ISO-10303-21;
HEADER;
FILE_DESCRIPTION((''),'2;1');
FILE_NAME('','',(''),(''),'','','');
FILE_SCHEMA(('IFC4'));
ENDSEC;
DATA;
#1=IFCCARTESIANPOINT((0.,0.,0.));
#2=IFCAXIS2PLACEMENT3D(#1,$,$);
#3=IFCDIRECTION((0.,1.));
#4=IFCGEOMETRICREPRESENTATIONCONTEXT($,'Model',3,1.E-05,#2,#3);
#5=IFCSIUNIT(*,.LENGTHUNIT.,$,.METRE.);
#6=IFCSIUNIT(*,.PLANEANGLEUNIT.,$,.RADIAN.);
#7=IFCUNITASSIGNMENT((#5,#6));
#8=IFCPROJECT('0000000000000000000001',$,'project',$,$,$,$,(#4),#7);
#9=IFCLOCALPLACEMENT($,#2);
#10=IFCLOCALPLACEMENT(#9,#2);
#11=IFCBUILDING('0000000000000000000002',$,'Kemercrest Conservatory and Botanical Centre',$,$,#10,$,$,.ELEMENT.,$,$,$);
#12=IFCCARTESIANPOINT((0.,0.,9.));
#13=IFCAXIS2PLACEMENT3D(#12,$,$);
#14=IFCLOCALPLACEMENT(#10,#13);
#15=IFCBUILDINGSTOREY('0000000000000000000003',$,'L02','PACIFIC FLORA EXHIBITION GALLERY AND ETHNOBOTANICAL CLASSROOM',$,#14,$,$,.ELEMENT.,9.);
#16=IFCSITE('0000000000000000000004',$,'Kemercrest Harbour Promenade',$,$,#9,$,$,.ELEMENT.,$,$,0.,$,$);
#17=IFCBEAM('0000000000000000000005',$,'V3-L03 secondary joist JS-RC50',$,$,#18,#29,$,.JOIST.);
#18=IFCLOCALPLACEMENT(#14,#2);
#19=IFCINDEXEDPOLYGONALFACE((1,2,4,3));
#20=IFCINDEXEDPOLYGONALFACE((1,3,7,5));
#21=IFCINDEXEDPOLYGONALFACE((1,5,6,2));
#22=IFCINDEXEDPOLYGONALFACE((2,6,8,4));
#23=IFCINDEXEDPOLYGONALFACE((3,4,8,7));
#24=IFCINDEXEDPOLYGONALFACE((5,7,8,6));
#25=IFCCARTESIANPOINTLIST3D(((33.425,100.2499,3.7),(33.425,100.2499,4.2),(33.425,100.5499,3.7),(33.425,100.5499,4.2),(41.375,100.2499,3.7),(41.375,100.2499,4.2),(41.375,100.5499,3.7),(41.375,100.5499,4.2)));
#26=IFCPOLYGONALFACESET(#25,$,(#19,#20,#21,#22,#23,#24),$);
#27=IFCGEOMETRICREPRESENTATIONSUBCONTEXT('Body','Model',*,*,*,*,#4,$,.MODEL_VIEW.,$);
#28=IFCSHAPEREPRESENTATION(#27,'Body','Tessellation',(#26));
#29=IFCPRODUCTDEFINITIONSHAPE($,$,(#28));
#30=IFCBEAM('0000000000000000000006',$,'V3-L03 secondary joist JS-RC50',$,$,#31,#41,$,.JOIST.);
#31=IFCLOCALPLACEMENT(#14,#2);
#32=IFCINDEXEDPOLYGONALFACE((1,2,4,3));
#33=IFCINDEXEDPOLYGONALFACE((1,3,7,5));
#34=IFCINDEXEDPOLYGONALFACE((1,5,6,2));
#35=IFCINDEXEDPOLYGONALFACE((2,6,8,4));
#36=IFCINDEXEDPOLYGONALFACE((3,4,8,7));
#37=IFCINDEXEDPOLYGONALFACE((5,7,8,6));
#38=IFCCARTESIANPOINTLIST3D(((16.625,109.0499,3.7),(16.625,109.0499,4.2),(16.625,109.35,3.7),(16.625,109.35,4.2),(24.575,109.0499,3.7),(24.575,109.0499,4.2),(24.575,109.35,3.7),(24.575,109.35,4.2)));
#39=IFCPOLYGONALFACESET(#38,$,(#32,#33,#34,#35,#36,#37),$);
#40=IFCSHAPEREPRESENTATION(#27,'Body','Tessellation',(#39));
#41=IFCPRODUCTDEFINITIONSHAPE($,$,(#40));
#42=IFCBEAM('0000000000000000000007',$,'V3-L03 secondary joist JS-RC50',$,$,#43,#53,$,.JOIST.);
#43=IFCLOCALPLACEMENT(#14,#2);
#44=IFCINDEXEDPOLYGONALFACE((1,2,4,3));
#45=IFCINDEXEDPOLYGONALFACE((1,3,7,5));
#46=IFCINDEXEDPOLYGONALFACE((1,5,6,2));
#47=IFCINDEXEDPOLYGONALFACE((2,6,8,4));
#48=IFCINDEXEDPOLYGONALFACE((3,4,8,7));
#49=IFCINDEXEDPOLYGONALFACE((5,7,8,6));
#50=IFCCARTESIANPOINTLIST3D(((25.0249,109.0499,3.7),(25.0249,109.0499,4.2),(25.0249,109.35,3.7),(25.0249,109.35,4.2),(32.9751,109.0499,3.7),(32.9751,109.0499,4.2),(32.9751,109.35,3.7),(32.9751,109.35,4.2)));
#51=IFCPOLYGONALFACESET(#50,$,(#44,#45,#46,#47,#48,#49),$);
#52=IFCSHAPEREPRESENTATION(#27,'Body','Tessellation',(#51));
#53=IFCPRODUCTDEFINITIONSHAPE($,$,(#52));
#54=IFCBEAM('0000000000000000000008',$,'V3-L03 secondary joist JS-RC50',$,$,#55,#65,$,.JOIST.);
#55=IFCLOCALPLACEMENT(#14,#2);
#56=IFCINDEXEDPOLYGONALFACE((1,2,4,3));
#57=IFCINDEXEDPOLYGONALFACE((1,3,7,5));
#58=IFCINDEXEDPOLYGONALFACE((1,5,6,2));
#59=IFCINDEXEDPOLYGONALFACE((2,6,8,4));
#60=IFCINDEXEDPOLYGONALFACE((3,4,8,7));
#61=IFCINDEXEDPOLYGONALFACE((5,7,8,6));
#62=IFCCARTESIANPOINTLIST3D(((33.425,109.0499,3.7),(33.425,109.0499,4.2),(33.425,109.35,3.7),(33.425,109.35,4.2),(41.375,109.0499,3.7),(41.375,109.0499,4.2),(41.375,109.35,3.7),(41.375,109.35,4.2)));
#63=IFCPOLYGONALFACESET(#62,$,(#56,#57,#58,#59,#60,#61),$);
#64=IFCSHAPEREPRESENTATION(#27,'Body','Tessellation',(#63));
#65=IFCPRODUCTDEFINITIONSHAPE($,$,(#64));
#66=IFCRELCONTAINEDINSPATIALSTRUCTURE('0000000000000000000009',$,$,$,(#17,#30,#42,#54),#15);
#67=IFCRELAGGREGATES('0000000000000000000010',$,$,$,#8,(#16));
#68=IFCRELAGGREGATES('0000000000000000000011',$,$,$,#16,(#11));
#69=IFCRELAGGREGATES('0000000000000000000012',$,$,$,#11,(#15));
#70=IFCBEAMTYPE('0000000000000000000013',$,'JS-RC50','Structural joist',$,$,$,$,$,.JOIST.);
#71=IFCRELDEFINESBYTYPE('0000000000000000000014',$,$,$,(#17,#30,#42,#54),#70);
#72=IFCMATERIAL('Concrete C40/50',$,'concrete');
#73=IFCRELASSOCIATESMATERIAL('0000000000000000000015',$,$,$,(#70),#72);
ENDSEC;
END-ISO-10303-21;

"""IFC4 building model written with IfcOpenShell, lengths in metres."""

from ifc_helpers import new_model, si_unit, direction, frame, origin, origin_2d, place, context, subcontext, project, spatial, rectangle, extrude, material, material_profile, profile_set, type_object, element, save


model = new_model("IFC4")

# Units and contexts
model_context = context("Model", 3, precision=1e-05, world=origin(), true_north=direction((0.0, 1.0)))
body_context = subcontext(model_context, "Body", "Model", "MODEL_VIEW")
ifc_project = project(units=[si_unit("LENGTHUNIT", "METRE"), si_unit("PLANEANGLEUNIT", "RADIAN")], contexts=[model_context])

# Site, building, storey
site_placement = place(None, origin())
site = spatial("IfcSite", under=ifc_project, at=site_placement, Name="Kemercrest Harbour Promenade", CompositionType="ELEMENT", RefElevation=0.0)
building_placement = place(site_placement, origin())
building = spatial("IfcBuilding", under=site, at=building_placement, Name="Kemercrest Conservatory and Botanical Centre", CompositionType="ELEMENT")
storey_placement = place(building_placement, frame((0.0, 0.0, 9.0)))
storey = spatial("IfcBuildingStorey", under=building, at=storey_placement, Name="L02", Description="PACIFIC FLORA EXHIBITION GALLERY AND ETHNOBOTANICAL CLASSROOM", CompositionType="ELEMENT", Elevation=9.0)

# Shared definitions
ifc_material = material(Name="Concrete C40/50", Category="concrete")

# Beams
ifc_material_profile_1 = material_profile(ifc_material, rectangle(XDim=0.3, YDim=0.5, at=origin_2d()), Name="RC 300x500")
ifc_profile_set_1 = profile_set([ifc_material_profile_1], Name="Concrete C40/50")
beam_type_1 = type_object("IfcBeamType", Name="JS-RC50", Description="Structural joist", PredefinedType="JOIST", material=ifc_profile_set_1)
for number, where, z_axis, x_axis, name in (
    (1, (33.425, 100.3999, 3.95), (1.0, 0.0, 0.0), (0.0, 1.0, 0.0), "V3-L03 secondary joist JS-RC50"),
    (2, (16.625, 109.2, 3.95), (1.0, 0.0, 0.0), (0.0, 1.0, 0.0), "V3-L03 secondary joist JS-RC50"),
):
    element("IfcBeam", number, at=place(storey_placement, frame(where, z_axis=z_axis, x_axis=x_axis)), inside=storey, type_object=beam_type_1, Name=name, PredefinedType="JOIST", context=body_context, shape_type="SweptSolid", body=[
        extrude(rectangle(XDim=0.3, YDim=0.5, at=origin_2d()), origin(), (0.0, 0.0, 1.0), 7.95),
    ])
beam_1_placement = place(storey_placement, frame((25.0249, 109.2, 3.95), z_axis=(1.0, 0.0, 0.0), x_axis=(0.0, 1.0, 0.0)))
element("IfcBeam", 3, at=beam_1_placement, inside=storey, type_object=beam_type_1, Name="V3-L03 secondary joist JS-RC50", PredefinedType="JOIST", context=body_context, shape_type="SweptSolid", body=[
    extrude(rectangle(XDim=0.3, YDim=0.5, at=origin_2d()), origin(), (0.0, 0.0, 1.0), 7.9502),
])
beam_2_placement = place(storey_placement, frame((33.425, 109.2, 3.95), z_axis=(1.0, 0.0, 0.0), x_axis=(0.0, 1.0, 0.0)))
element("IfcBeam", 4, at=beam_2_placement, inside=storey, type_object=beam_type_1, Name="V3-L03 secondary joist JS-RC50", PredefinedType="JOIST", context=body_context, shape_type="SweptSolid", body=[
    extrude(rectangle(XDim=0.3, YDim=0.5, at=origin_2d()), origin(), (0.0, 0.0, 1.0), 7.95),
])

save(model, "model.ifc")
